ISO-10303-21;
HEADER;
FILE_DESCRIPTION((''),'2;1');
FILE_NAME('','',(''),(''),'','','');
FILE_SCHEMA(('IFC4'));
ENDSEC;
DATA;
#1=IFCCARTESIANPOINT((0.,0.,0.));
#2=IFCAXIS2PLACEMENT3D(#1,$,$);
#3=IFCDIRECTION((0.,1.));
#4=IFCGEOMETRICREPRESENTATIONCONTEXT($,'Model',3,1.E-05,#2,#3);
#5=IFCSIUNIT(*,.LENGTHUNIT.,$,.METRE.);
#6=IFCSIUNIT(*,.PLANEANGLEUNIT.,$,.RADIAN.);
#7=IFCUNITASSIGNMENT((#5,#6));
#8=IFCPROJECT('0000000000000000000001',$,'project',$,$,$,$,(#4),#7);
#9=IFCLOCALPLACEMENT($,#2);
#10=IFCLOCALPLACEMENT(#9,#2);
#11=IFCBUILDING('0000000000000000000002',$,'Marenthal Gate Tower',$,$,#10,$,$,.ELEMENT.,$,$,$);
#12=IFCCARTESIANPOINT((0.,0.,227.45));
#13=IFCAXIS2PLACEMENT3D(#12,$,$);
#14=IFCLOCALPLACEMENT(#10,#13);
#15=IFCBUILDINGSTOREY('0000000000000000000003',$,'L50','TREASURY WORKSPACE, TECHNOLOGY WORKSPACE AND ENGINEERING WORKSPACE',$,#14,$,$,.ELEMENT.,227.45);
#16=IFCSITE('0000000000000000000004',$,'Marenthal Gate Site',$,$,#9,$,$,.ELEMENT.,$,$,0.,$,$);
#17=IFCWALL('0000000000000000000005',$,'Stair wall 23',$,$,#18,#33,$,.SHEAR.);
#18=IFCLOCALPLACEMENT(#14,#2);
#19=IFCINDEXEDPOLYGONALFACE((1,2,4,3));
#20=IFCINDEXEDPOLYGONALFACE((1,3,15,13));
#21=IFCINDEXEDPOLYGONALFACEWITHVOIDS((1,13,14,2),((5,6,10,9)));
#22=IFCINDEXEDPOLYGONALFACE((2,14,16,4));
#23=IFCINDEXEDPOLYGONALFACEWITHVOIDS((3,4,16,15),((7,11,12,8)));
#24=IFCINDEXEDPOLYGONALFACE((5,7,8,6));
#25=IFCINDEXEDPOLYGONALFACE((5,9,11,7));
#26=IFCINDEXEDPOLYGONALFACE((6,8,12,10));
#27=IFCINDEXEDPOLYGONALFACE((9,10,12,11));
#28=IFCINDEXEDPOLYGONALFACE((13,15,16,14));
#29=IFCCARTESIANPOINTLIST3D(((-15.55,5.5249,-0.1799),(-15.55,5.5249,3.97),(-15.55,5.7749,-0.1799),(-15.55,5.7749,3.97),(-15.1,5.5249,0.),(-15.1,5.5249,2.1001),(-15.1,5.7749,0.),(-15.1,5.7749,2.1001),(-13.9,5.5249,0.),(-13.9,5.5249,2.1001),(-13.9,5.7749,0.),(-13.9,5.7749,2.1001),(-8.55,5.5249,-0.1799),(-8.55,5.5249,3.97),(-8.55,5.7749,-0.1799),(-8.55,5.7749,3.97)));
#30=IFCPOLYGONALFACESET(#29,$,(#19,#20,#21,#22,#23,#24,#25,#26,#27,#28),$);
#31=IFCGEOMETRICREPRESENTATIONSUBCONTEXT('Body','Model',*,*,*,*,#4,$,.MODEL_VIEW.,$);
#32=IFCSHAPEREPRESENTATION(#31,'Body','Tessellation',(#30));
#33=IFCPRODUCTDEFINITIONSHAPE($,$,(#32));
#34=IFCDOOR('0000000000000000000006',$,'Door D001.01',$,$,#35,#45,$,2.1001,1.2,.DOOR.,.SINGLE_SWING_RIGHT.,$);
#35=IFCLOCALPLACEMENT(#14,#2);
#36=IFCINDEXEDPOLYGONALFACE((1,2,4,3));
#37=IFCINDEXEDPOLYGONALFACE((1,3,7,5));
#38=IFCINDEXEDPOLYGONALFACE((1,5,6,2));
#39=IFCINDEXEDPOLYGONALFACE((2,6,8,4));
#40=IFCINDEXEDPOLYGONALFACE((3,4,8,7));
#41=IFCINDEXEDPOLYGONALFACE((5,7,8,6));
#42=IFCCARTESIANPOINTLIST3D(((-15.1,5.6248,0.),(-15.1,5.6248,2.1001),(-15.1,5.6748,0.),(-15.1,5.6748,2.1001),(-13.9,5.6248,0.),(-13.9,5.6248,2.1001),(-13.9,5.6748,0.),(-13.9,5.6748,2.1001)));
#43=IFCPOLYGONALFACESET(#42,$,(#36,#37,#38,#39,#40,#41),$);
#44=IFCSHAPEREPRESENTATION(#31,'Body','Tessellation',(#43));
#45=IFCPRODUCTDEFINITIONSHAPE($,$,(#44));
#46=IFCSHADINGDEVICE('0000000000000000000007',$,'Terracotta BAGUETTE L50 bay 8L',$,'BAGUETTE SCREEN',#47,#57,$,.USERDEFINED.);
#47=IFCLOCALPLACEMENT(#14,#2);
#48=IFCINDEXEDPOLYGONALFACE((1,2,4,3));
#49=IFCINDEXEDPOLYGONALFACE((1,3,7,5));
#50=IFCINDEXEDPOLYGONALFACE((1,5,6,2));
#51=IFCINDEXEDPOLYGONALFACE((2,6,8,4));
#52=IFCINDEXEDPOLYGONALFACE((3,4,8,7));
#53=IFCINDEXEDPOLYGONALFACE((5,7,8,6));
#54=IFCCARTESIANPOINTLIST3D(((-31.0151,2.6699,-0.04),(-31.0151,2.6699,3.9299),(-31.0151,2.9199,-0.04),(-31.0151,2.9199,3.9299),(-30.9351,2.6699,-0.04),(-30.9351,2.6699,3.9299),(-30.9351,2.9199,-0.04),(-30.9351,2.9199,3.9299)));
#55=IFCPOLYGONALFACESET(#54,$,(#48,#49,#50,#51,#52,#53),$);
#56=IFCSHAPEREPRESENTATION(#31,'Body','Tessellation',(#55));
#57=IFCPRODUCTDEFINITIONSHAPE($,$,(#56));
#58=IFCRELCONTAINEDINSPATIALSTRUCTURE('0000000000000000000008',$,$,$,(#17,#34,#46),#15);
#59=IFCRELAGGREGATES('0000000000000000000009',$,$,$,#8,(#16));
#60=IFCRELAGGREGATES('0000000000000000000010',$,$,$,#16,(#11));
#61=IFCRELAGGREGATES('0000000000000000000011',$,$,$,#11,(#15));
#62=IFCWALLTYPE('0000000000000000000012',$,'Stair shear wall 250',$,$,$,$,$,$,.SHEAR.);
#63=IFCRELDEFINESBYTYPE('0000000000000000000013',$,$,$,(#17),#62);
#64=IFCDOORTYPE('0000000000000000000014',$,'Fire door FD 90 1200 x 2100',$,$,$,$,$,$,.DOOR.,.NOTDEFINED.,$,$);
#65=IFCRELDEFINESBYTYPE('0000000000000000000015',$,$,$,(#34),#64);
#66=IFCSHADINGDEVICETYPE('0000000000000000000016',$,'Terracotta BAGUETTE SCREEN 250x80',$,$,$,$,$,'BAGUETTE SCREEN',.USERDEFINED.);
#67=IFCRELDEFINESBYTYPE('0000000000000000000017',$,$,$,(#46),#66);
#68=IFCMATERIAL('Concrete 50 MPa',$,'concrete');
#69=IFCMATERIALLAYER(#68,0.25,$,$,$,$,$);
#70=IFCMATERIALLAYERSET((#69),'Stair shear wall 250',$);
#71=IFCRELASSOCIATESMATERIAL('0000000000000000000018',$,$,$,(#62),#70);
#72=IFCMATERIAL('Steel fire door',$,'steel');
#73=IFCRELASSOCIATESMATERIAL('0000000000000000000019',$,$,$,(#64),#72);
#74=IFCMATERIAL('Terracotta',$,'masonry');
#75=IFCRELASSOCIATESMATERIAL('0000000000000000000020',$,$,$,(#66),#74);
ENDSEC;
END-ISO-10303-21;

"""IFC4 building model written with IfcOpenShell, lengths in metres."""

from ifc_helpers import new_model, si_unit, direction, frame, frame_2d, origin, origin_2d, place, context, subcontext, project, spatial, rectangle, extrude, material, layer, layer_set, material_profile, profile_set, type_object, element, fill, save


model = new_model("IFC4")

# Units and contexts
model_context = context("Model", 3, precision=1e-05, world=origin(), true_north=direction((0.0, 1.0)))
body_context = subcontext(model_context, "Body", "Model", "MODEL_VIEW")
ifc_project = project(units=[si_unit("LENGTHUNIT", "METRE"), si_unit("PLANEANGLEUNIT", "RADIAN")], contexts=[model_context])

# Site, building, storey
site_placement = place(None, origin())
site = spatial("IfcSite", under=ifc_project, at=site_placement, Name="Marenthal Gate Site", CompositionType="ELEMENT", RefElevation=0.0)
building_placement = place(site_placement, origin())
building = spatial("IfcBuilding", under=site, at=building_placement, Name="Marenthal Gate Tower", CompositionType="ELEMENT")
storey_placement = place(building_placement, frame((0.0, 0.0, 227.45)))
storey = spatial("IfcBuildingStorey", under=building, at=storey_placement, Name="L50", Description="TREASURY WORKSPACE, TECHNOLOGY WORKSPACE AND ENGINEERING WORKSPACE", CompositionType="ELEMENT", Elevation=227.45)

# Wall, opening, door
ifc_material_1 = material(Name="Concrete 50 MPa", Category="concrete")
ifc_layer_1 = layer(ifc_material_1, 0.25)
ifc_layer_set_1 = layer_set([ifc_layer_1], Name="Stair shear wall 250")
wall_type_1 = type_object("IfcWallType", Name="Stair shear wall 250", PredefinedType="SHEAR", material=ifc_layer_set_1)
wall_1_placement = place(storey_placement, frame((-15.55, 5.6499, -0.1799), z_axis=(0.0, 0.0, 1.0), x_axis=(1.0, 0.0, 0.0)))
wall_1 = element("IfcWall", 1, at=wall_1_placement, inside=storey, type_object=wall_type_1, Name="Stair wall 23", PredefinedType="SHEAR", context=body_context, shape_type="SweptSolid", body=[
    extrude(rectangle(XDim=7.0, YDim=0.25, at=frame_2d((3.5, 0.0))), origin(), (0.0, 0.0, 1.0), 4.1499),
])
opening_1_placement = place(wall_1_placement, frame((0.45, 0.0, 0.1799)))
opening_1 = element("IfcOpeningElement", 2, at=opening_1_placement, cuts=wall_1, PredefinedType="OPENING", context=body_context, shape_type="SweptSolid", body=[
    extrude(rectangle(XDim=1.2, YDim=2.1001, at=frame_2d((0.6001, 1.05))), frame((0.0, 0.135, 0.0), z_axis=(0.0, -1.0, 0.0), x_axis=(1.0, 0.0, 0.0)), (0.0, 0.0, 1.0), 0.27),
])
ifc_material_2 = material(Name="Steel fire door", Category="steel")
door_type_1 = type_object("IfcDoorType", Name="Fire door FD 90 1200 x 2100", OperationType="NOTDEFINED", PredefinedType="DOOR", material=ifc_material_2)
door_1_placement = place(opening_1_placement, origin())
door_1 = element("IfcDoor", 3, at=door_1_placement, inside=storey, type_object=door_type_1, Name="Door D001.01", OperationType="SINGLE_SWING_RIGHT", OverallHeight=2.1001, OverallWidth=1.2, PredefinedType="DOOR", context=body_context, shape_type="SweptSolid", body=[
    extrude(rectangle(XDim=1.2, YDim=2.1001, at=frame_2d((0.6001, 1.05))), frame((0.0, 0.0249, 0.0), z_axis=(0.0, -1.0, 0.0), x_axis=(1.0, 0.0, 0.0)), (0.0, 0.0, 1.0), 0.05),
])
fill(opening_1, door_1)

# Shading device
ifc_material_3 = material(Name="Terracotta", Category="masonry")
ifc_material_profile_1 = material_profile(ifc_material_3, rectangle(XDim=0.25, YDim=0.0801, at=origin_2d()), Name="Terracotta baguette 250x80")
ifc_profile_set_1 = profile_set([ifc_material_profile_1], Name="Terracotta")
shading_device_type = type_object("IfcShadingDeviceType", Name="Terracotta BAGUETTE SCREEN 250x80", ElementType="BAGUETTE SCREEN", PredefinedType="USERDEFINED", material=ifc_profile_set_1)
shading_device_placement = place(storey_placement, frame((-30.9751, 2.7949, -0.04), z_axis=(0.0, 0.0, 1.0), x_axis=(0.0, -1.0, 0.0)))
element("IfcShadingDevice", 4, at=shading_device_placement, inside=storey, type_object=shading_device_type, Name="Terracotta BAGUETTE L50 bay 8L", ObjectType="BAGUETTE SCREEN", PredefinedType="USERDEFINED", context=body_context, shape_type="SweptSolid", body=[
    extrude(rectangle(XDim=0.25, YDim=0.0801, at=origin_2d()), origin(), (0.0, 0.0, 1.0), 3.97),
])

save(model, "model.ifc")
